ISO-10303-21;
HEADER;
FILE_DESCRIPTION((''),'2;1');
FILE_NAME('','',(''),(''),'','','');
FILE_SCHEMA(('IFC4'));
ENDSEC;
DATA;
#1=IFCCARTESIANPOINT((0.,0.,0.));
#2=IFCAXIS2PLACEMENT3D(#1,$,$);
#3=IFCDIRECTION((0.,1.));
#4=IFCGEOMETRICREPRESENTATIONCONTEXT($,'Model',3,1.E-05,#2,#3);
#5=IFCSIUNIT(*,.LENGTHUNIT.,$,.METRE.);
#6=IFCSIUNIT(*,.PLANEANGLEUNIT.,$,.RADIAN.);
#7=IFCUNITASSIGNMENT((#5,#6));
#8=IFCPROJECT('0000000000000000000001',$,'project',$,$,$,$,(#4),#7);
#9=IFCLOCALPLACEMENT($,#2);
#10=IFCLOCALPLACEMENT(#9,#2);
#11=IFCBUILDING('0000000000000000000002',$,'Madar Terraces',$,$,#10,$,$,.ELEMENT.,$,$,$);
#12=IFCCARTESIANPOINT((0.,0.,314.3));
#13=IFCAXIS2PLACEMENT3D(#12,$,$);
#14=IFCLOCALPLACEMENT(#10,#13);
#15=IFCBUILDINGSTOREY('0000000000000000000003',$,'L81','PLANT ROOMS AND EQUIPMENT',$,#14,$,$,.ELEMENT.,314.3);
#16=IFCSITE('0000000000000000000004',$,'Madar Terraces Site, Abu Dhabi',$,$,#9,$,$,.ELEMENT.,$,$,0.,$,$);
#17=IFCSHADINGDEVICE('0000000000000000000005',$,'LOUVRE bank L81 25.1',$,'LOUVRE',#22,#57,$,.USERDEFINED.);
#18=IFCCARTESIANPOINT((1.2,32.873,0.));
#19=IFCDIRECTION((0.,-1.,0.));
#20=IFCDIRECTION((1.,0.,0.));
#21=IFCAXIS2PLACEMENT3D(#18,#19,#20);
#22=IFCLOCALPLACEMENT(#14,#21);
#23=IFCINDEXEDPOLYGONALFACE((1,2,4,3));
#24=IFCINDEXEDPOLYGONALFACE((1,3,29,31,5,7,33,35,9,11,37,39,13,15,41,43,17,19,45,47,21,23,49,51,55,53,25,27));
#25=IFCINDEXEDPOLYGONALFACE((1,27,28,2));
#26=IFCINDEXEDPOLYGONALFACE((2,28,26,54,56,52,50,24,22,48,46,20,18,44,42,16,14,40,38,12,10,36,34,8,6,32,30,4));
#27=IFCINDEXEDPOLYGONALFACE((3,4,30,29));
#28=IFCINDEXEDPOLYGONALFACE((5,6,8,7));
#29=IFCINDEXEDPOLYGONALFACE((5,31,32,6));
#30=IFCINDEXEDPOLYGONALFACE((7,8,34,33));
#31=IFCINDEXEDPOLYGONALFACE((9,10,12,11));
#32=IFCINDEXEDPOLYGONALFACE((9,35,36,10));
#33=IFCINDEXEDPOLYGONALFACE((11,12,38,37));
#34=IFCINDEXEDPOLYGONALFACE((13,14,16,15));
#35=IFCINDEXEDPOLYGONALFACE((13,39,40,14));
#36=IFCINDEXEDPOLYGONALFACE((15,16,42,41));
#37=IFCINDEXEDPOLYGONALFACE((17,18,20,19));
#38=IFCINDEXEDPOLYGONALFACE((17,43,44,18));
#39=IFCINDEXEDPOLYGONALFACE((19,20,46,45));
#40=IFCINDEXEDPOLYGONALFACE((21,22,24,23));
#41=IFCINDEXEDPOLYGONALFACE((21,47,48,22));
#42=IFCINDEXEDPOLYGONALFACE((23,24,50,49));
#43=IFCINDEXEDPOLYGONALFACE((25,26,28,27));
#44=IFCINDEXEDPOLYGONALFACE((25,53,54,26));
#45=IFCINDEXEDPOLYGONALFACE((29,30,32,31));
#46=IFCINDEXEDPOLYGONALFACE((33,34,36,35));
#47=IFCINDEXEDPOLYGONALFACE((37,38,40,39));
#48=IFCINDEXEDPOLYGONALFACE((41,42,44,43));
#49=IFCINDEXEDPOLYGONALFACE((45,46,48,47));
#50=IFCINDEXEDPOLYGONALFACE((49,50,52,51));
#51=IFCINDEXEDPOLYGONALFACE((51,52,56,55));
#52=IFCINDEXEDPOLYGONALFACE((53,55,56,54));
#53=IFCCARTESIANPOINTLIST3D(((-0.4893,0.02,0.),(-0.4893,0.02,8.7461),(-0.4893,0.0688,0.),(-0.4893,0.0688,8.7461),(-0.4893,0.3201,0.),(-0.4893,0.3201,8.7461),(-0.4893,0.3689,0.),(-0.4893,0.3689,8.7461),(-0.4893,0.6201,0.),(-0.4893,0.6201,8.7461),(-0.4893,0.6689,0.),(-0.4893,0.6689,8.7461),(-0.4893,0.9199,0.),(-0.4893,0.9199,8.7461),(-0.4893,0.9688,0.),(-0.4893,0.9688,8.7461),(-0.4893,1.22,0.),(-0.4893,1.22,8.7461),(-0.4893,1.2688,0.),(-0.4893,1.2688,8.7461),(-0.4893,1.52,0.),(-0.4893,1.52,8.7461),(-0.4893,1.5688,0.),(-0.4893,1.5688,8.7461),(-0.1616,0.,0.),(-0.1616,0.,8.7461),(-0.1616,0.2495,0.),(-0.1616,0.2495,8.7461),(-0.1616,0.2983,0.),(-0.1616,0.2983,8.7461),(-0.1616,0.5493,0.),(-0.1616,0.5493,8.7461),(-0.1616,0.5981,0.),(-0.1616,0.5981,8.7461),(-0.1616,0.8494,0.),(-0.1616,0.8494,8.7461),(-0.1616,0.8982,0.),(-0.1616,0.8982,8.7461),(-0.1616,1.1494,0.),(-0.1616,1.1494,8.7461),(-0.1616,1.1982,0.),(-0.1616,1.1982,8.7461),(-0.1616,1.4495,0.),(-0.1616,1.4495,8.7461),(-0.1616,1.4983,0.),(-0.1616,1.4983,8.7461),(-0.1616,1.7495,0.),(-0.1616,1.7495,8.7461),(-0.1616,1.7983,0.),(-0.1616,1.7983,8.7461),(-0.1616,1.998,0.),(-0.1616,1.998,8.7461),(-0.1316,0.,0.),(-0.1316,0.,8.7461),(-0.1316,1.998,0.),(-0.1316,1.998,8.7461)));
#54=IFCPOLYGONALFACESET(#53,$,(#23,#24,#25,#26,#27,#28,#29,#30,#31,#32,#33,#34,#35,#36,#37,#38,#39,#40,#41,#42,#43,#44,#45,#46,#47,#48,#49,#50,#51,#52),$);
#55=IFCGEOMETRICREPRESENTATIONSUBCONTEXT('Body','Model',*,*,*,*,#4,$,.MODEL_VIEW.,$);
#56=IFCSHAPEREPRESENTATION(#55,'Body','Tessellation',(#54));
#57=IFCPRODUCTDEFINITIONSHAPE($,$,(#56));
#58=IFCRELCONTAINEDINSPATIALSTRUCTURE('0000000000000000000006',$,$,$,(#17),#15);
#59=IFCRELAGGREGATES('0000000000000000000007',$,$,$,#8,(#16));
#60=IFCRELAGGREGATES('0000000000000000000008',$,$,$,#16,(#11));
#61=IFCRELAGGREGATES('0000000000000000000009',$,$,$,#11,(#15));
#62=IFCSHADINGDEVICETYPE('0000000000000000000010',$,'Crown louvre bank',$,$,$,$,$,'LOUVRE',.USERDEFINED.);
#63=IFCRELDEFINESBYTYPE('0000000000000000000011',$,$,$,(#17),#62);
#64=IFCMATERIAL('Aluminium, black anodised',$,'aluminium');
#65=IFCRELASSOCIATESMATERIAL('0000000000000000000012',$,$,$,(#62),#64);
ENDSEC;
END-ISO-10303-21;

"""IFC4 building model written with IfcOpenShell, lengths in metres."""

from ifc_helpers import new_model, si_unit, direction, frame, origin, place, context, subcontext, project, spatial, polyline, outline, extrude, material, type_object, element, save


model = new_model("IFC4")

# Units and contexts
model_context = context("Model", 3, precision=1e-05, world=origin(), true_north=direction((0.0, 1.0)))
body_context = subcontext(model_context, "Body", "Model", "MODEL_VIEW")
ifc_project = project(units=[si_unit("LENGTHUNIT", "METRE"), si_unit("PLANEANGLEUNIT", "RADIAN")], contexts=[model_context])

# Site, building, storey
site_placement = place(None, origin())
site = spatial("IfcSite", under=ifc_project, at=site_placement, Name="Madar Terraces Site, Abu Dhabi", CompositionType="ELEMENT", RefElevation=0.0)
building_placement = place(site_placement, origin())
building = spatial("IfcBuilding", under=site, at=building_placement, Name="Madar Terraces", CompositionType="ELEMENT")
storey_placement = place(building_placement, frame((0.0, 0.0, 314.3)))
storey = spatial("IfcBuildingStorey", under=building, at=storey_placement, Name="L81", Description="PLANT ROOMS AND EQUIPMENT", CompositionType="ELEMENT", Elevation=314.3)

# Shading device
ifc_material_1 = material(Name="Aluminium, black anodised", Category="aluminium")
shading_device_type = type_object("IfcShadingDeviceType", Name="Crown louvre bank", ElementType="LOUVRE", PredefinedType="USERDEFINED", material=ifc_material_1)
shading_device_1_placement = place(storey_placement, frame((1.2, 32.873, 0.0), z_axis=(0.0, -1.0, 0.0), x_axis=(1.0, 0.0, 0.0)))
element("IfcShadingDevice", 1, at=shading_device_1_placement, inside=storey, type_object=shading_device_type, Name="LOUVRE bank L81 25.1", ObjectType="LOUVRE", PredefinedType="USERDEFINED", context=body_context, shape_type="SweptSolid", body=[
    extrude(outline(polyline([(-0.1316, 0.0), (-0.1616, 0.0), (-0.1616, 0.2495), (-0.4893, 0.02), (-0.4893, 0.0688), (-0.1616, 0.2983), (-0.1616, 0.5493), (-0.4893, 0.3201), (-0.4893, 0.3689), (-0.1616, 0.5981), (-0.1616, 0.8494), (-0.4893, 0.6201), (-0.4893, 0.6689), (-0.1616, 0.8982), (-0.1616, 1.1494), (-0.4893, 0.9199), (-0.4893, 0.9688), (-0.1616, 1.1982), (-0.1616, 1.4495), (-0.4893, 1.22), (-0.4893, 1.2688), (-0.1616, 1.4983), (-0.1616, 1.7495), (-0.4893, 1.52), (-0.4893, 1.5688), (-0.1616, 1.7983), (-0.1616, 1.998), (-0.1316, 1.998), (-0.1316, 0.0)])), origin(), (0.0, 0.0, 1.0), 8.7461),
])

save(model, "model.ifc")
